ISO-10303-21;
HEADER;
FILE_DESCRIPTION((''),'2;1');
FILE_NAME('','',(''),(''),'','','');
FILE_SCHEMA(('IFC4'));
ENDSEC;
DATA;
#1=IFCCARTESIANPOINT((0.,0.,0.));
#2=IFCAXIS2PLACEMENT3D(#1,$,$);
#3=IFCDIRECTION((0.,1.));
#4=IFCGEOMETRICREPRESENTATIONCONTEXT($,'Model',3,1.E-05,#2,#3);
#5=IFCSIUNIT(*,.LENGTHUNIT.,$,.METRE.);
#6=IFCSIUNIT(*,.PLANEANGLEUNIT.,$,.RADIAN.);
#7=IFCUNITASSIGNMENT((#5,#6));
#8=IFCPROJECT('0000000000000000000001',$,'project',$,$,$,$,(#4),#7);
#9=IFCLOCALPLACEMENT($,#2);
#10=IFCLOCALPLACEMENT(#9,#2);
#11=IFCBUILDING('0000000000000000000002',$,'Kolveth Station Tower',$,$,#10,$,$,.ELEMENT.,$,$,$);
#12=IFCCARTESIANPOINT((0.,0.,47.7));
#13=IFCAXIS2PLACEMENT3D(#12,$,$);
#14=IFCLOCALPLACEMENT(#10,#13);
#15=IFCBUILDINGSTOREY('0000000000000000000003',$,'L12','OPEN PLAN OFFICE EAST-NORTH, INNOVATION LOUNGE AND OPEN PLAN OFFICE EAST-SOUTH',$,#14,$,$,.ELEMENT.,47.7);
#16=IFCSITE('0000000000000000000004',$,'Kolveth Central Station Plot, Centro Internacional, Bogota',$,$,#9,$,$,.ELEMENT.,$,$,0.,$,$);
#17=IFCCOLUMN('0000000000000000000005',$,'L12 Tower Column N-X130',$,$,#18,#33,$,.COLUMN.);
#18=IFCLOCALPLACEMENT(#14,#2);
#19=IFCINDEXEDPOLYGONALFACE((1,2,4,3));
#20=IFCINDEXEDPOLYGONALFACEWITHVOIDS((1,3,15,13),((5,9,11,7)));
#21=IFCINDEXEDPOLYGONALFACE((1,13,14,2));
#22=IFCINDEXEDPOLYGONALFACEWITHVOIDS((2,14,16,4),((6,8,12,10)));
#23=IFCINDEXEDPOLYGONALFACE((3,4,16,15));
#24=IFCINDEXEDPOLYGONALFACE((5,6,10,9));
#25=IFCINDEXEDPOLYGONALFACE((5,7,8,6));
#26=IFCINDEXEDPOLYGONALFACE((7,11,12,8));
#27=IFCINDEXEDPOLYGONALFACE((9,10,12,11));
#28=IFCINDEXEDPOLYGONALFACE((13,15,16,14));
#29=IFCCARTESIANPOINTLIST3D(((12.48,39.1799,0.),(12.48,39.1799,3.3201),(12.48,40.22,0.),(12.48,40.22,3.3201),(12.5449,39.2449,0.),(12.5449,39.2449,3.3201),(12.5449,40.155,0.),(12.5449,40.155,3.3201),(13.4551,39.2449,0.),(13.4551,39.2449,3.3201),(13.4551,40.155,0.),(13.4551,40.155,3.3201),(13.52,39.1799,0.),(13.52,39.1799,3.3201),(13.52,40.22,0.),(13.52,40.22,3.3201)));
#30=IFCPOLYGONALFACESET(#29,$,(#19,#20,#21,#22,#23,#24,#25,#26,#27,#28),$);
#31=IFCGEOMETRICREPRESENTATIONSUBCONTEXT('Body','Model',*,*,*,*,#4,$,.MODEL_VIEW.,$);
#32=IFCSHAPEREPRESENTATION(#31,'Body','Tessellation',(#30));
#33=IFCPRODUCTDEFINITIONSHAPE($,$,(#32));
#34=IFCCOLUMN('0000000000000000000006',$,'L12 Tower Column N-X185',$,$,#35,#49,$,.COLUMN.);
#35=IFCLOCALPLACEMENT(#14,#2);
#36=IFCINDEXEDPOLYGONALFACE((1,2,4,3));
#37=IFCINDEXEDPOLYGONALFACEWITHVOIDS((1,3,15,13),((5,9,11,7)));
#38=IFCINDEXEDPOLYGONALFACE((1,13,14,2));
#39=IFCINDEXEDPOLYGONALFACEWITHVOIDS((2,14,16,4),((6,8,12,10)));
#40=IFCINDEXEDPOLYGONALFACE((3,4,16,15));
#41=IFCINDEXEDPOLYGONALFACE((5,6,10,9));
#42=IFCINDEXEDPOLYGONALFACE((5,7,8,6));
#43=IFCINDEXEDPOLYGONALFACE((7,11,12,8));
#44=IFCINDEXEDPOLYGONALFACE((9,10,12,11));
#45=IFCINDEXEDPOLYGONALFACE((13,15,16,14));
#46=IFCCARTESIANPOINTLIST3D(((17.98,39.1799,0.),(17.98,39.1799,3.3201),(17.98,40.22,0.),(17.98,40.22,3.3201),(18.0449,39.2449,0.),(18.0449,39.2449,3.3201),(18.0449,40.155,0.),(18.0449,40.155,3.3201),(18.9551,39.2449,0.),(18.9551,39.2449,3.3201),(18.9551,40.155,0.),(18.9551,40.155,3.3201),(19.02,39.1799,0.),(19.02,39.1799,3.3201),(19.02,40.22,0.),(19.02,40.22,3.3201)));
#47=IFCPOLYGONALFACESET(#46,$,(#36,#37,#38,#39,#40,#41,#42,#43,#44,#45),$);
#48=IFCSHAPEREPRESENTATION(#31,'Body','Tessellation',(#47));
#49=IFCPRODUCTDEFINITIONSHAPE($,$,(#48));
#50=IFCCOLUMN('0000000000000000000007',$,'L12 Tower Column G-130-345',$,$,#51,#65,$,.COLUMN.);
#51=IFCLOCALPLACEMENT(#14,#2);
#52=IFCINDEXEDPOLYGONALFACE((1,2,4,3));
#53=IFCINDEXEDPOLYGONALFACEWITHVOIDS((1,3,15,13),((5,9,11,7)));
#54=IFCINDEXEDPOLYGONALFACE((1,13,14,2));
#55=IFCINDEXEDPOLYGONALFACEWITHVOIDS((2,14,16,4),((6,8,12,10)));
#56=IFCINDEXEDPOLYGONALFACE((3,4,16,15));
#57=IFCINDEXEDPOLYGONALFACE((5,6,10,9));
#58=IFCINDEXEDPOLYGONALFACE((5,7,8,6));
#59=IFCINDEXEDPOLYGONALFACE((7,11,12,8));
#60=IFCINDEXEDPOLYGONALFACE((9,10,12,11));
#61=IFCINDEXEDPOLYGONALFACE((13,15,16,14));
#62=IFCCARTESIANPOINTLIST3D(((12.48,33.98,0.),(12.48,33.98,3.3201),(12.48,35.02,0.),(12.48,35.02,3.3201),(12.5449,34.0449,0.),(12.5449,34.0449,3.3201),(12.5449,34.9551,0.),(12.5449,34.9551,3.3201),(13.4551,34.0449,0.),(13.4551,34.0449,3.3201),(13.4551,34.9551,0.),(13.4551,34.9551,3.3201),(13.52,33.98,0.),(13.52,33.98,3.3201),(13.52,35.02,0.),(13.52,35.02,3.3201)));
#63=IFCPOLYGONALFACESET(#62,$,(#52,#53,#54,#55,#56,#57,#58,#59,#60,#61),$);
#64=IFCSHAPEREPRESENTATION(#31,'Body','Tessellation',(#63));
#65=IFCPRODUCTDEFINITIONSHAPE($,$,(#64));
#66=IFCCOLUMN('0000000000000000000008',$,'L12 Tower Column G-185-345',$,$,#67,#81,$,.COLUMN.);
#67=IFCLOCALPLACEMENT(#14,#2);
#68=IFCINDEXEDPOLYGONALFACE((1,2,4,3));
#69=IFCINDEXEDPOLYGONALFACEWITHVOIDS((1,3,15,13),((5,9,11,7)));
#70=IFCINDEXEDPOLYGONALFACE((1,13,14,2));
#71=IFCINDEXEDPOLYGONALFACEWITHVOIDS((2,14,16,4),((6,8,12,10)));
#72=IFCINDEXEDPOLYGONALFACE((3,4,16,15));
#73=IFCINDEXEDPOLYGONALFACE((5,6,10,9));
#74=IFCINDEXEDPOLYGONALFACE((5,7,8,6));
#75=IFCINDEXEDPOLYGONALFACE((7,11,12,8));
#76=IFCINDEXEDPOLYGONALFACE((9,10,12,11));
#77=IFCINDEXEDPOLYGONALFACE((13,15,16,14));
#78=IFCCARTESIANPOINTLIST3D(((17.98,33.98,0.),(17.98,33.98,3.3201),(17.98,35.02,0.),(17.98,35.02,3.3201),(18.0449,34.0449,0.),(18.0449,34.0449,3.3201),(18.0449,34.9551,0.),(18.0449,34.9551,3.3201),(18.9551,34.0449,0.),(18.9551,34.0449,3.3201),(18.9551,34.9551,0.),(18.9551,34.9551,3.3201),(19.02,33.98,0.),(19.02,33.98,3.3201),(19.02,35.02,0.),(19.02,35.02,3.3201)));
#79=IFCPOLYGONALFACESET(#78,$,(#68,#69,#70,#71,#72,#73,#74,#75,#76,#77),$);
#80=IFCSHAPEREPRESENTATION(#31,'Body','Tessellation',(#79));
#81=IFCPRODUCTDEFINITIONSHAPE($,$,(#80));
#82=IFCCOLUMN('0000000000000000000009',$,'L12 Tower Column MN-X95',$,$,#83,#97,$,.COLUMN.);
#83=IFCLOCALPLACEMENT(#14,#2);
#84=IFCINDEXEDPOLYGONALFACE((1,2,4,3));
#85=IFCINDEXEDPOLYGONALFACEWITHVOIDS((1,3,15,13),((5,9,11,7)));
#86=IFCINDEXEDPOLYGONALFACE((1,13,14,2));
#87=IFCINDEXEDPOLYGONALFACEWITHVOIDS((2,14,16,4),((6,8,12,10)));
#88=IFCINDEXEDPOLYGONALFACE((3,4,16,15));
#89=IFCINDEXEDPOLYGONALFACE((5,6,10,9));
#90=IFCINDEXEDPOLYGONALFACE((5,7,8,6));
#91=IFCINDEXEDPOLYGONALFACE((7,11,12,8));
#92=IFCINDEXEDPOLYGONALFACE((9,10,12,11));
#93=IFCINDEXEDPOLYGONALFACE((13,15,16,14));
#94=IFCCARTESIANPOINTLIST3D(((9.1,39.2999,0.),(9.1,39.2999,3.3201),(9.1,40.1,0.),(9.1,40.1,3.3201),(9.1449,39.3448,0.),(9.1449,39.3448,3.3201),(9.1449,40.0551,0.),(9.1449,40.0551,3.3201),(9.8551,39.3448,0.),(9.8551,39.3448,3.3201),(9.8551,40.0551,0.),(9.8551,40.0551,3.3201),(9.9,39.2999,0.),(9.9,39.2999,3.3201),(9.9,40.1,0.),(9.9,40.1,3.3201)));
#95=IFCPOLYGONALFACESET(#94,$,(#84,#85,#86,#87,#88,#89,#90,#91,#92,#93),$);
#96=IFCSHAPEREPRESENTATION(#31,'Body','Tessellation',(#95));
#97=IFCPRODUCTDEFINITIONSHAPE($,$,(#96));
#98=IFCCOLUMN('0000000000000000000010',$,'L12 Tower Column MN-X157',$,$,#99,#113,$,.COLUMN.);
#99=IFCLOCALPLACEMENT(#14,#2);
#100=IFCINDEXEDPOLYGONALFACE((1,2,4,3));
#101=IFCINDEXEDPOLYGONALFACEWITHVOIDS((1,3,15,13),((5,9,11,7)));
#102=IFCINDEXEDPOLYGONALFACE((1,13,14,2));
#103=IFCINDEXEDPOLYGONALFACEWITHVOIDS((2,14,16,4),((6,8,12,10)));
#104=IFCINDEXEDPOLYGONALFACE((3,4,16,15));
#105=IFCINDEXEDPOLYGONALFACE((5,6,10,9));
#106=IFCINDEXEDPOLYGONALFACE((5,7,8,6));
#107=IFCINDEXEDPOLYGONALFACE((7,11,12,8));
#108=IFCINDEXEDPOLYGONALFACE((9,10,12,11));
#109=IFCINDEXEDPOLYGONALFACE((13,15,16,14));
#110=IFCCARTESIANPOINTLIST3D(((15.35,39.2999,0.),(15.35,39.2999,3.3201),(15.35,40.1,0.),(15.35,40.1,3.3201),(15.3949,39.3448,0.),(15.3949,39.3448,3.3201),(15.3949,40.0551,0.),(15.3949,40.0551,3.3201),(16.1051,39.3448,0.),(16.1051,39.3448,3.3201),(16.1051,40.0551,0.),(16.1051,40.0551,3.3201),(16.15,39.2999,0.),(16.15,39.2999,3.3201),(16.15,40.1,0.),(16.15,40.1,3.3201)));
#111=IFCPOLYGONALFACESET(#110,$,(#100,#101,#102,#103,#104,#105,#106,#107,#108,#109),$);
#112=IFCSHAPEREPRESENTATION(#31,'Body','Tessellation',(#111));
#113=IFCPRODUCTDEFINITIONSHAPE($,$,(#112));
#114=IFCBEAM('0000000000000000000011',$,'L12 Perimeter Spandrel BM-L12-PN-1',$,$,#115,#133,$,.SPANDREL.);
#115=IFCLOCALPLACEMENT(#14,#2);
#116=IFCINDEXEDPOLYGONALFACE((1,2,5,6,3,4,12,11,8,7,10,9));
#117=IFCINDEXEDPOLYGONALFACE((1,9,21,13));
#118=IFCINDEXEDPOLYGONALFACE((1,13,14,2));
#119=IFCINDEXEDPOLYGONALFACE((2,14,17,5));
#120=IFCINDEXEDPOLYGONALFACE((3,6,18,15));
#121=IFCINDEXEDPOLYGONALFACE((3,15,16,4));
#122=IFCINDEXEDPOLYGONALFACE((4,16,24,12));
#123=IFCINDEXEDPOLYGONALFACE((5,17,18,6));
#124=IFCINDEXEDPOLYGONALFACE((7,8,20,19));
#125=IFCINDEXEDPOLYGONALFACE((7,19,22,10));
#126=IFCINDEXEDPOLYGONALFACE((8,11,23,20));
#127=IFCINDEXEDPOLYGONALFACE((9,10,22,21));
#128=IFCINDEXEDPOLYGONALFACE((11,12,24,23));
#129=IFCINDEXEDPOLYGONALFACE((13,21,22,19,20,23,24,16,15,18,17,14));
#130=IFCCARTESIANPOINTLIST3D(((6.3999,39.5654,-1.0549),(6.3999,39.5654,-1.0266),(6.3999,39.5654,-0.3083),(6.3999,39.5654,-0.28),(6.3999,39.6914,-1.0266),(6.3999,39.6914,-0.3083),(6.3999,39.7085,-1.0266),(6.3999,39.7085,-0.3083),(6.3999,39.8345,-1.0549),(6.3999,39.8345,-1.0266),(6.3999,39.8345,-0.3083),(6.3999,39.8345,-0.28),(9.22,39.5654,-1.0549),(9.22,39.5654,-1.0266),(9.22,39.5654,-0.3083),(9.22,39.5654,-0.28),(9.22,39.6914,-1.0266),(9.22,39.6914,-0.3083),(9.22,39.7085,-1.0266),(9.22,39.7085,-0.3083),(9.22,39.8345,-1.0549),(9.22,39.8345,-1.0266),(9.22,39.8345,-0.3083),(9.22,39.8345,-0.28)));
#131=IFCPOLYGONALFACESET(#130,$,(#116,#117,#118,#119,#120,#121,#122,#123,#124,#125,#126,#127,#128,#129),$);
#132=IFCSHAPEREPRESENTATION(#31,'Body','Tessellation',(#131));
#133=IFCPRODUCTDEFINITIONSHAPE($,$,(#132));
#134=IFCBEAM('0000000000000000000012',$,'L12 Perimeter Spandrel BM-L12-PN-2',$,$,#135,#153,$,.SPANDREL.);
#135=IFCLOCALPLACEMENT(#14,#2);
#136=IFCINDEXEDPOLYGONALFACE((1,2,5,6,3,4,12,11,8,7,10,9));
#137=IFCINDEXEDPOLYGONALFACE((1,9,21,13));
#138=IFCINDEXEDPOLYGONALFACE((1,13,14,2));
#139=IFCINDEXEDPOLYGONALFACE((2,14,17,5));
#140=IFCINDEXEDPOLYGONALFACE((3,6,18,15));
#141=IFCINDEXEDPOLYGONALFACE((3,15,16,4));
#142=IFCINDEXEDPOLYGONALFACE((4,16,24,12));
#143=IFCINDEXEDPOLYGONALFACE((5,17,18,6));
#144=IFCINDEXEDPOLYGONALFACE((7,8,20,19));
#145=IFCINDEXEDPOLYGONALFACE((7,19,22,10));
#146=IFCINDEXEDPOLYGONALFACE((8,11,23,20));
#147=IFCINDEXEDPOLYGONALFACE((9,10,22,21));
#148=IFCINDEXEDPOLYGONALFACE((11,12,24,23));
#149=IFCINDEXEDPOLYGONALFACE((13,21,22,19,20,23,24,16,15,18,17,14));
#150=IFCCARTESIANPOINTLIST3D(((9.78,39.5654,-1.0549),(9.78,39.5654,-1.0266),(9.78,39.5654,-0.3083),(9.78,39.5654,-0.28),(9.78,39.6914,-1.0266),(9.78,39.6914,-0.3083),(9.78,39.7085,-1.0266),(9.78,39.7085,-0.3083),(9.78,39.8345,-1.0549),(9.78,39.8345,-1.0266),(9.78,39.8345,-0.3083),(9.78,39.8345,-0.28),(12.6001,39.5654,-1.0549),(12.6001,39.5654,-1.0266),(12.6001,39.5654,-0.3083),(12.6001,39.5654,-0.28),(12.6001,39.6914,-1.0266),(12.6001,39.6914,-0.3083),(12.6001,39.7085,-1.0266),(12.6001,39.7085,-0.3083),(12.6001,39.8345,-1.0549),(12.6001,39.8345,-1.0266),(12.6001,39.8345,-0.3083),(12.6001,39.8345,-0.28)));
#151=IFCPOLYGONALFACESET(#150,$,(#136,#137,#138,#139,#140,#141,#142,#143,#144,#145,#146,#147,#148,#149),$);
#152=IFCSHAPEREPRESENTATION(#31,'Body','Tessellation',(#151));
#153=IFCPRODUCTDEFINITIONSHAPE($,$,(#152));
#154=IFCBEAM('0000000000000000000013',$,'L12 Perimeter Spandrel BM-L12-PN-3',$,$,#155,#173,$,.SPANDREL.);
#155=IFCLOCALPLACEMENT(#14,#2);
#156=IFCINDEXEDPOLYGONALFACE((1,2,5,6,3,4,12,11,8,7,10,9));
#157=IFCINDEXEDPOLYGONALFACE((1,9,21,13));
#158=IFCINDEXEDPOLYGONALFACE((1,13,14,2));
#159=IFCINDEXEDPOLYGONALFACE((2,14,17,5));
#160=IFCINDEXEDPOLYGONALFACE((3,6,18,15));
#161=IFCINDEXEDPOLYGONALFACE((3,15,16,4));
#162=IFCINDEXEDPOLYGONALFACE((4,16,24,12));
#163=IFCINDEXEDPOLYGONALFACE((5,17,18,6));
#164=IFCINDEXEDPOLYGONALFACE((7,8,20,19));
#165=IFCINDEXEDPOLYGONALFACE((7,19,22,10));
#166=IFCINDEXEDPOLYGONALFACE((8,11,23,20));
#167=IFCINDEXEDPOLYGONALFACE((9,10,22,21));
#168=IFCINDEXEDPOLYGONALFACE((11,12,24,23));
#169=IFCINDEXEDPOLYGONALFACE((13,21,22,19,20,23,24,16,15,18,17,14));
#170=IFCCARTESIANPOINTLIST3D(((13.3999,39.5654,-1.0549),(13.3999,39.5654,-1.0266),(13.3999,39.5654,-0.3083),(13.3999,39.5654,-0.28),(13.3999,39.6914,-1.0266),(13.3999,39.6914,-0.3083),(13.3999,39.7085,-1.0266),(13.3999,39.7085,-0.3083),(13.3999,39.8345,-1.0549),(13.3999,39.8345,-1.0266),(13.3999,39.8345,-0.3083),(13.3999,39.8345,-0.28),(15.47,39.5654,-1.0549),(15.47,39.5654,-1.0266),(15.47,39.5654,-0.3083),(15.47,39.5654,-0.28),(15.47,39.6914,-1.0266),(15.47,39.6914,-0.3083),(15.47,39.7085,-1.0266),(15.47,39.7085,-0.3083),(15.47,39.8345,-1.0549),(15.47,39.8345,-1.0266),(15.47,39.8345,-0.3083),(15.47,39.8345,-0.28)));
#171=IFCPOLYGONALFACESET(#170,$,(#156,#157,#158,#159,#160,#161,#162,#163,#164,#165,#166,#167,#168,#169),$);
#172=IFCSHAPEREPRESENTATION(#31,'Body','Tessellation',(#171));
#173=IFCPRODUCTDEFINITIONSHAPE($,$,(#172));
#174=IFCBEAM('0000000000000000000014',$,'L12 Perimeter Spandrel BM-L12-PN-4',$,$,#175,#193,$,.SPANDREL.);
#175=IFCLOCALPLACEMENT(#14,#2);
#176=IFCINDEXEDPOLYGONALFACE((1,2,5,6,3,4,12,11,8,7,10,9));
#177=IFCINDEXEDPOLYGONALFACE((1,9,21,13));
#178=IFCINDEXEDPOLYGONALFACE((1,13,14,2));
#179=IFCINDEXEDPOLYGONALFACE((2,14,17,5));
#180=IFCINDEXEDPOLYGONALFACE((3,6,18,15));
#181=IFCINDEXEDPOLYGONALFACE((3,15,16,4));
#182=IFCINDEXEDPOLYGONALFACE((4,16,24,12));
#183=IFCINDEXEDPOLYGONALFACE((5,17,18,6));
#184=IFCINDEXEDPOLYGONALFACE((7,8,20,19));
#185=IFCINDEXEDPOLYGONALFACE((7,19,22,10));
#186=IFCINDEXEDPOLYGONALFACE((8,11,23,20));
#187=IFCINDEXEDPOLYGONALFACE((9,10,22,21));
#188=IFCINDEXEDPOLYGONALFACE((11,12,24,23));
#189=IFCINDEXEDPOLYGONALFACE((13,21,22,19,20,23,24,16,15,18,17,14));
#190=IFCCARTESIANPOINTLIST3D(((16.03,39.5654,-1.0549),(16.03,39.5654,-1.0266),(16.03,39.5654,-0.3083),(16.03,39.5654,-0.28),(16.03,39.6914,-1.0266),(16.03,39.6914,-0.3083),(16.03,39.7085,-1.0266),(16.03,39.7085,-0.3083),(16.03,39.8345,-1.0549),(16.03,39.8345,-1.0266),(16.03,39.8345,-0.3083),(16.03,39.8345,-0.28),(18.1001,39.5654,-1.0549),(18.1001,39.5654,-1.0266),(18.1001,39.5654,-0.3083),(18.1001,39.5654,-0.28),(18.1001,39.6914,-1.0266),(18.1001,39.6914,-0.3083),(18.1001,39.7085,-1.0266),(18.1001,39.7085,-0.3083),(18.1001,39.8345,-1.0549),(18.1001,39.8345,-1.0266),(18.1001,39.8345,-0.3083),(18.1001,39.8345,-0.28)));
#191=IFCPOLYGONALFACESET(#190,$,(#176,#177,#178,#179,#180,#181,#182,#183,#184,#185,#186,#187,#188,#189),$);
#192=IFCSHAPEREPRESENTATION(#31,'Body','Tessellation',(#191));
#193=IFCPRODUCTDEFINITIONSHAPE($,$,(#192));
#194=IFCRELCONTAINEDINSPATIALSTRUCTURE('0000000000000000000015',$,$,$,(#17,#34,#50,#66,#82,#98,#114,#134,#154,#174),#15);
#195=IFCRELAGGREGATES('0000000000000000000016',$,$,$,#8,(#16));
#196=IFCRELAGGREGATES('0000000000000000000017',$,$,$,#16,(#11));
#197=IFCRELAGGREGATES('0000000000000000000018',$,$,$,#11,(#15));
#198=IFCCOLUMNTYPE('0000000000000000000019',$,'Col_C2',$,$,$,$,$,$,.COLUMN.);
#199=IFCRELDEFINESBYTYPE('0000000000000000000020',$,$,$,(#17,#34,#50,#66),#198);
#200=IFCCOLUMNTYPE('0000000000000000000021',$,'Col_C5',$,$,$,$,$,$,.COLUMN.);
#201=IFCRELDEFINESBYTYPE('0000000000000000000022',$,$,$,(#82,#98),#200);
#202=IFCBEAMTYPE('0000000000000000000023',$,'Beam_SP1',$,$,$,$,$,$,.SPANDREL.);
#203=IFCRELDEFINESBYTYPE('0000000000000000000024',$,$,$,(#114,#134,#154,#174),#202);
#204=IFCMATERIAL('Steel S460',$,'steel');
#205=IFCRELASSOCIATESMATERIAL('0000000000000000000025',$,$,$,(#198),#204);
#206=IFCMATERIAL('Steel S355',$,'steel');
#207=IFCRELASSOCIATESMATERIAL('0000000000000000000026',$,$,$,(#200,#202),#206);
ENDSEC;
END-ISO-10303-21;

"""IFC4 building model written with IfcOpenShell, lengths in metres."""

from ifc_helpers import new_model, si_unit, direction, frame, origin, origin_2d, place, context, subcontext, project, spatial, hollow_rectangle, i_section, extrude, source, transform, mapped, material, material_profile, profile_set, type_object, element, save


model = new_model("IFC4")

# Units and contexts
model_context = context("Model", 3, precision=1e-05, world=origin(), true_north=direction((0.0, 1.0)))
body_context = subcontext(model_context, "Body", "Model", "MODEL_VIEW")
ifc_project = project(units=[si_unit("LENGTHUNIT", "METRE"), si_unit("PLANEANGLEUNIT", "RADIAN")], contexts=[model_context])

# Site, building, storey
site_placement = place(None, origin())
site = spatial("IfcSite", under=ifc_project, at=site_placement, Name="Kolveth Central Station Plot, Centro Internacional, Bogota", CompositionType="ELEMENT", RefElevation=0.0)
building_placement = place(site_placement, origin())
building = spatial("IfcBuilding", under=site, at=building_placement, Name="Kolveth Station Tower", CompositionType="ELEMENT")
storey_placement = place(building_placement, frame((0.0, 0.0, 47.7)))
storey = spatial("IfcBuildingStorey", under=building, at=storey_placement, Name="L12", Description="OPEN PLAN OFFICE EAST-NORTH, INNOVATION LOUNGE AND OPEN PLAN OFFICE EAST-SOUTH", CompositionType="ELEMENT", Elevation=47.7)

# Columns
ifc_material_1 = material(Name="Steel S460", Category="steel")
ifc_material_profile_1 = material_profile(ifc_material_1, hollow_rectangle(XDim=1.04, YDim=1.04, WallThickness=0.0649, at=origin_2d()), Name="BOX1040x1040x65")
ifc_profile_set_1 = profile_set([ifc_material_profile_1], Name="Steel S460")
column_type_1 = type_object("IfcColumnType", Name="Col_C2", PredefinedType="COLUMN", material=ifc_profile_set_1)
shared_shape_1 = source(origin(), body_context, "Body", "SweptSolid", [
    extrude(hollow_rectangle(XDim=1.04, YDim=1.04, WallThickness=0.0649, at=origin_2d()), origin(), (0.0, 0.0, 1.0), 3.3201),
])
for number, where, z_axis, x_axis, name in (
    (1, (13.0, 39.7, 0.0), (0.0, 0.0, 1.0), (1.0, 0.0, 0.0), "L12 Tower Column N-X130"),
    (2, (18.5, 39.7, 0.0), (0.0, 0.0, 1.0), (1.0, 0.0, 0.0), "L12 Tower Column N-X185"),
    (3, (13.0, 34.5, 0.0), (0.0, 0.0, 1.0), (1.0, 0.0, 0.0), "L12 Tower Column G-130-345"),
    (4, (18.5, 34.5, 0.0), (0.0, 0.0, 1.0), (1.0, 0.0, 0.0), "L12 Tower Column G-185-345"),
):
    element("IfcColumn", number, at=place(storey_placement, frame(where, z_axis=z_axis, x_axis=x_axis)), inside=storey, type_object=column_type_1, Name=name, PredefinedType="COLUMN", context=body_context, shape_type="MappedRepresentation", body=[
        mapped(shared_shape_1, transform((0.0, 0.0, 0.0), x_axis=(1.0, 0.0, 0.0), y_axis=(0.0, 1.0, 0.0), z_axis=(0.0, 0.0, 1.0), scale=1.0)),
    ])
ifc_material_2 = material(Name="Steel S355", Category="steel")
ifc_material_profile_2 = material_profile(ifc_material_2, hollow_rectangle(XDim=0.8, YDim=0.8, WallThickness=0.0449, at=origin_2d()), Name="BOX800x800x45")
ifc_profile_set_2 = profile_set([ifc_material_profile_2], Name="Steel S355")
column_type_2 = type_object("IfcColumnType", Name="Col_C5", PredefinedType="COLUMN", material=ifc_profile_set_2)
shared_shape_2 = source(origin(), body_context, "Body", "SweptSolid", [
    extrude(hollow_rectangle(XDim=0.8, YDim=0.8, WallThickness=0.0449, at=origin_2d()), origin(), (0.0, 0.0, 1.0), 3.3201),
])
for number, where, z_axis, x_axis, name in (
    (5, (9.5, 39.7, 0.0), (0.0, 0.0, 1.0), (1.0, 0.0, 0.0), "L12 Tower Column MN-X95"),
    (6, (15.75, 39.7, 0.0), (0.0, 0.0, 1.0), (1.0, 0.0, 0.0), "L12 Tower Column MN-X157"),
):
    element("IfcColumn", number, at=place(storey_placement, frame(where, z_axis=z_axis, x_axis=x_axis)), inside=storey, type_object=column_type_2, Name=name, PredefinedType="COLUMN", context=body_context, shape_type="MappedRepresentation", body=[
        mapped(shared_shape_2, transform((0.0, 0.0, 0.0), x_axis=(1.0, 0.0, 0.0), y_axis=(0.0, 1.0, 0.0), z_axis=(0.0, 0.0, 1.0), scale=1.0)),
    ])

# Beams
ifc_material_profile_3 = material_profile(ifc_material_2, i_section(OverallWidth=0.269, OverallDepth=0.7749, WebThickness=0.0171, FlangeThickness=0.0283, at=origin_2d()), Name="W760x220")
ifc_profile_set_3 = profile_set([ifc_material_profile_3], Name="Steel S355")
beam_type_1 = type_object("IfcBeamType", Name="Beam_SP1", PredefinedType="SPANDREL", material=ifc_profile_set_3)
shared_shape_3 = source(origin(), body_context, "Body", "SweptSolid", [
    extrude(i_section(OverallWidth=0.269, OverallDepth=0.7749, WebThickness=0.0171, FlangeThickness=0.0283, at=origin_2d()), origin(), (0.0, 0.0, 1.0), 2.8201),
])
for number, where, z_axis, x_axis, name in (
    (7, (6.3999, 39.7, -0.6675), (1.0, 0.0, 0.0), (0.0, 1.0, 0.0), "L12 Perimeter Spandrel BM-L12-PN-1"),
    (8, (9.78, 39.7, -0.6675), (1.0, 0.0, 0.0), (0.0, 1.0, 0.0), "L12 Perimeter Spandrel BM-L12-PN-2"),
):
    element("IfcBeam", number, at=place(storey_placement, frame(where, z_axis=z_axis, x_axis=x_axis)), inside=storey, type_object=beam_type_1, Name=name, PredefinedType="SPANDREL", context=body_context, shape_type="MappedRepresentation", body=[
        mapped(shared_shape_3, transform((0.0, 0.0, 0.0), x_axis=(1.0, 0.0, 0.0), y_axis=(0.0, 1.0, 0.0), z_axis=(0.0, 0.0, 1.0), scale=1.0)),
    ])
shared_shape_4 = source(origin(), body_context, "Body", "SweptSolid", [
    extrude(i_section(OverallWidth=0.269, OverallDepth=0.7749, WebThickness=0.0171, FlangeThickness=0.0283, at=origin_2d()), origin(), (0.0, 0.0, 1.0), 2.0701),
])
for number, where, z_axis, x_axis, name in (
    (9, (13.3999, 39.7, -0.6675), (1.0, 0.0, 0.0), (0.0, 1.0, 0.0), "L12 Perimeter Spandrel BM-L12-PN-3"),
    (10, (16.03, 39.7, -0.6675), (1.0, 0.0, 0.0), (0.0, 1.0, 0.0), "L12 Perimeter Spandrel BM-L12-PN-4"),
):
    element("IfcBeam", number, at=place(storey_placement, frame(where, z_axis=z_axis, x_axis=x_axis)), inside=storey, type_object=beam_type_1, Name=name, PredefinedType="SPANDREL", context=body_context, shape_type="MappedRepresentation", body=[
        mapped(shared_shape_4, transform((0.0, 0.0, 0.0), x_axis=(1.0, 0.0, 0.0), y_axis=(0.0, 1.0, 0.0), z_axis=(0.0, 0.0, 1.0), scale=1.0)),
    ])

save(model, "model.ifc")
